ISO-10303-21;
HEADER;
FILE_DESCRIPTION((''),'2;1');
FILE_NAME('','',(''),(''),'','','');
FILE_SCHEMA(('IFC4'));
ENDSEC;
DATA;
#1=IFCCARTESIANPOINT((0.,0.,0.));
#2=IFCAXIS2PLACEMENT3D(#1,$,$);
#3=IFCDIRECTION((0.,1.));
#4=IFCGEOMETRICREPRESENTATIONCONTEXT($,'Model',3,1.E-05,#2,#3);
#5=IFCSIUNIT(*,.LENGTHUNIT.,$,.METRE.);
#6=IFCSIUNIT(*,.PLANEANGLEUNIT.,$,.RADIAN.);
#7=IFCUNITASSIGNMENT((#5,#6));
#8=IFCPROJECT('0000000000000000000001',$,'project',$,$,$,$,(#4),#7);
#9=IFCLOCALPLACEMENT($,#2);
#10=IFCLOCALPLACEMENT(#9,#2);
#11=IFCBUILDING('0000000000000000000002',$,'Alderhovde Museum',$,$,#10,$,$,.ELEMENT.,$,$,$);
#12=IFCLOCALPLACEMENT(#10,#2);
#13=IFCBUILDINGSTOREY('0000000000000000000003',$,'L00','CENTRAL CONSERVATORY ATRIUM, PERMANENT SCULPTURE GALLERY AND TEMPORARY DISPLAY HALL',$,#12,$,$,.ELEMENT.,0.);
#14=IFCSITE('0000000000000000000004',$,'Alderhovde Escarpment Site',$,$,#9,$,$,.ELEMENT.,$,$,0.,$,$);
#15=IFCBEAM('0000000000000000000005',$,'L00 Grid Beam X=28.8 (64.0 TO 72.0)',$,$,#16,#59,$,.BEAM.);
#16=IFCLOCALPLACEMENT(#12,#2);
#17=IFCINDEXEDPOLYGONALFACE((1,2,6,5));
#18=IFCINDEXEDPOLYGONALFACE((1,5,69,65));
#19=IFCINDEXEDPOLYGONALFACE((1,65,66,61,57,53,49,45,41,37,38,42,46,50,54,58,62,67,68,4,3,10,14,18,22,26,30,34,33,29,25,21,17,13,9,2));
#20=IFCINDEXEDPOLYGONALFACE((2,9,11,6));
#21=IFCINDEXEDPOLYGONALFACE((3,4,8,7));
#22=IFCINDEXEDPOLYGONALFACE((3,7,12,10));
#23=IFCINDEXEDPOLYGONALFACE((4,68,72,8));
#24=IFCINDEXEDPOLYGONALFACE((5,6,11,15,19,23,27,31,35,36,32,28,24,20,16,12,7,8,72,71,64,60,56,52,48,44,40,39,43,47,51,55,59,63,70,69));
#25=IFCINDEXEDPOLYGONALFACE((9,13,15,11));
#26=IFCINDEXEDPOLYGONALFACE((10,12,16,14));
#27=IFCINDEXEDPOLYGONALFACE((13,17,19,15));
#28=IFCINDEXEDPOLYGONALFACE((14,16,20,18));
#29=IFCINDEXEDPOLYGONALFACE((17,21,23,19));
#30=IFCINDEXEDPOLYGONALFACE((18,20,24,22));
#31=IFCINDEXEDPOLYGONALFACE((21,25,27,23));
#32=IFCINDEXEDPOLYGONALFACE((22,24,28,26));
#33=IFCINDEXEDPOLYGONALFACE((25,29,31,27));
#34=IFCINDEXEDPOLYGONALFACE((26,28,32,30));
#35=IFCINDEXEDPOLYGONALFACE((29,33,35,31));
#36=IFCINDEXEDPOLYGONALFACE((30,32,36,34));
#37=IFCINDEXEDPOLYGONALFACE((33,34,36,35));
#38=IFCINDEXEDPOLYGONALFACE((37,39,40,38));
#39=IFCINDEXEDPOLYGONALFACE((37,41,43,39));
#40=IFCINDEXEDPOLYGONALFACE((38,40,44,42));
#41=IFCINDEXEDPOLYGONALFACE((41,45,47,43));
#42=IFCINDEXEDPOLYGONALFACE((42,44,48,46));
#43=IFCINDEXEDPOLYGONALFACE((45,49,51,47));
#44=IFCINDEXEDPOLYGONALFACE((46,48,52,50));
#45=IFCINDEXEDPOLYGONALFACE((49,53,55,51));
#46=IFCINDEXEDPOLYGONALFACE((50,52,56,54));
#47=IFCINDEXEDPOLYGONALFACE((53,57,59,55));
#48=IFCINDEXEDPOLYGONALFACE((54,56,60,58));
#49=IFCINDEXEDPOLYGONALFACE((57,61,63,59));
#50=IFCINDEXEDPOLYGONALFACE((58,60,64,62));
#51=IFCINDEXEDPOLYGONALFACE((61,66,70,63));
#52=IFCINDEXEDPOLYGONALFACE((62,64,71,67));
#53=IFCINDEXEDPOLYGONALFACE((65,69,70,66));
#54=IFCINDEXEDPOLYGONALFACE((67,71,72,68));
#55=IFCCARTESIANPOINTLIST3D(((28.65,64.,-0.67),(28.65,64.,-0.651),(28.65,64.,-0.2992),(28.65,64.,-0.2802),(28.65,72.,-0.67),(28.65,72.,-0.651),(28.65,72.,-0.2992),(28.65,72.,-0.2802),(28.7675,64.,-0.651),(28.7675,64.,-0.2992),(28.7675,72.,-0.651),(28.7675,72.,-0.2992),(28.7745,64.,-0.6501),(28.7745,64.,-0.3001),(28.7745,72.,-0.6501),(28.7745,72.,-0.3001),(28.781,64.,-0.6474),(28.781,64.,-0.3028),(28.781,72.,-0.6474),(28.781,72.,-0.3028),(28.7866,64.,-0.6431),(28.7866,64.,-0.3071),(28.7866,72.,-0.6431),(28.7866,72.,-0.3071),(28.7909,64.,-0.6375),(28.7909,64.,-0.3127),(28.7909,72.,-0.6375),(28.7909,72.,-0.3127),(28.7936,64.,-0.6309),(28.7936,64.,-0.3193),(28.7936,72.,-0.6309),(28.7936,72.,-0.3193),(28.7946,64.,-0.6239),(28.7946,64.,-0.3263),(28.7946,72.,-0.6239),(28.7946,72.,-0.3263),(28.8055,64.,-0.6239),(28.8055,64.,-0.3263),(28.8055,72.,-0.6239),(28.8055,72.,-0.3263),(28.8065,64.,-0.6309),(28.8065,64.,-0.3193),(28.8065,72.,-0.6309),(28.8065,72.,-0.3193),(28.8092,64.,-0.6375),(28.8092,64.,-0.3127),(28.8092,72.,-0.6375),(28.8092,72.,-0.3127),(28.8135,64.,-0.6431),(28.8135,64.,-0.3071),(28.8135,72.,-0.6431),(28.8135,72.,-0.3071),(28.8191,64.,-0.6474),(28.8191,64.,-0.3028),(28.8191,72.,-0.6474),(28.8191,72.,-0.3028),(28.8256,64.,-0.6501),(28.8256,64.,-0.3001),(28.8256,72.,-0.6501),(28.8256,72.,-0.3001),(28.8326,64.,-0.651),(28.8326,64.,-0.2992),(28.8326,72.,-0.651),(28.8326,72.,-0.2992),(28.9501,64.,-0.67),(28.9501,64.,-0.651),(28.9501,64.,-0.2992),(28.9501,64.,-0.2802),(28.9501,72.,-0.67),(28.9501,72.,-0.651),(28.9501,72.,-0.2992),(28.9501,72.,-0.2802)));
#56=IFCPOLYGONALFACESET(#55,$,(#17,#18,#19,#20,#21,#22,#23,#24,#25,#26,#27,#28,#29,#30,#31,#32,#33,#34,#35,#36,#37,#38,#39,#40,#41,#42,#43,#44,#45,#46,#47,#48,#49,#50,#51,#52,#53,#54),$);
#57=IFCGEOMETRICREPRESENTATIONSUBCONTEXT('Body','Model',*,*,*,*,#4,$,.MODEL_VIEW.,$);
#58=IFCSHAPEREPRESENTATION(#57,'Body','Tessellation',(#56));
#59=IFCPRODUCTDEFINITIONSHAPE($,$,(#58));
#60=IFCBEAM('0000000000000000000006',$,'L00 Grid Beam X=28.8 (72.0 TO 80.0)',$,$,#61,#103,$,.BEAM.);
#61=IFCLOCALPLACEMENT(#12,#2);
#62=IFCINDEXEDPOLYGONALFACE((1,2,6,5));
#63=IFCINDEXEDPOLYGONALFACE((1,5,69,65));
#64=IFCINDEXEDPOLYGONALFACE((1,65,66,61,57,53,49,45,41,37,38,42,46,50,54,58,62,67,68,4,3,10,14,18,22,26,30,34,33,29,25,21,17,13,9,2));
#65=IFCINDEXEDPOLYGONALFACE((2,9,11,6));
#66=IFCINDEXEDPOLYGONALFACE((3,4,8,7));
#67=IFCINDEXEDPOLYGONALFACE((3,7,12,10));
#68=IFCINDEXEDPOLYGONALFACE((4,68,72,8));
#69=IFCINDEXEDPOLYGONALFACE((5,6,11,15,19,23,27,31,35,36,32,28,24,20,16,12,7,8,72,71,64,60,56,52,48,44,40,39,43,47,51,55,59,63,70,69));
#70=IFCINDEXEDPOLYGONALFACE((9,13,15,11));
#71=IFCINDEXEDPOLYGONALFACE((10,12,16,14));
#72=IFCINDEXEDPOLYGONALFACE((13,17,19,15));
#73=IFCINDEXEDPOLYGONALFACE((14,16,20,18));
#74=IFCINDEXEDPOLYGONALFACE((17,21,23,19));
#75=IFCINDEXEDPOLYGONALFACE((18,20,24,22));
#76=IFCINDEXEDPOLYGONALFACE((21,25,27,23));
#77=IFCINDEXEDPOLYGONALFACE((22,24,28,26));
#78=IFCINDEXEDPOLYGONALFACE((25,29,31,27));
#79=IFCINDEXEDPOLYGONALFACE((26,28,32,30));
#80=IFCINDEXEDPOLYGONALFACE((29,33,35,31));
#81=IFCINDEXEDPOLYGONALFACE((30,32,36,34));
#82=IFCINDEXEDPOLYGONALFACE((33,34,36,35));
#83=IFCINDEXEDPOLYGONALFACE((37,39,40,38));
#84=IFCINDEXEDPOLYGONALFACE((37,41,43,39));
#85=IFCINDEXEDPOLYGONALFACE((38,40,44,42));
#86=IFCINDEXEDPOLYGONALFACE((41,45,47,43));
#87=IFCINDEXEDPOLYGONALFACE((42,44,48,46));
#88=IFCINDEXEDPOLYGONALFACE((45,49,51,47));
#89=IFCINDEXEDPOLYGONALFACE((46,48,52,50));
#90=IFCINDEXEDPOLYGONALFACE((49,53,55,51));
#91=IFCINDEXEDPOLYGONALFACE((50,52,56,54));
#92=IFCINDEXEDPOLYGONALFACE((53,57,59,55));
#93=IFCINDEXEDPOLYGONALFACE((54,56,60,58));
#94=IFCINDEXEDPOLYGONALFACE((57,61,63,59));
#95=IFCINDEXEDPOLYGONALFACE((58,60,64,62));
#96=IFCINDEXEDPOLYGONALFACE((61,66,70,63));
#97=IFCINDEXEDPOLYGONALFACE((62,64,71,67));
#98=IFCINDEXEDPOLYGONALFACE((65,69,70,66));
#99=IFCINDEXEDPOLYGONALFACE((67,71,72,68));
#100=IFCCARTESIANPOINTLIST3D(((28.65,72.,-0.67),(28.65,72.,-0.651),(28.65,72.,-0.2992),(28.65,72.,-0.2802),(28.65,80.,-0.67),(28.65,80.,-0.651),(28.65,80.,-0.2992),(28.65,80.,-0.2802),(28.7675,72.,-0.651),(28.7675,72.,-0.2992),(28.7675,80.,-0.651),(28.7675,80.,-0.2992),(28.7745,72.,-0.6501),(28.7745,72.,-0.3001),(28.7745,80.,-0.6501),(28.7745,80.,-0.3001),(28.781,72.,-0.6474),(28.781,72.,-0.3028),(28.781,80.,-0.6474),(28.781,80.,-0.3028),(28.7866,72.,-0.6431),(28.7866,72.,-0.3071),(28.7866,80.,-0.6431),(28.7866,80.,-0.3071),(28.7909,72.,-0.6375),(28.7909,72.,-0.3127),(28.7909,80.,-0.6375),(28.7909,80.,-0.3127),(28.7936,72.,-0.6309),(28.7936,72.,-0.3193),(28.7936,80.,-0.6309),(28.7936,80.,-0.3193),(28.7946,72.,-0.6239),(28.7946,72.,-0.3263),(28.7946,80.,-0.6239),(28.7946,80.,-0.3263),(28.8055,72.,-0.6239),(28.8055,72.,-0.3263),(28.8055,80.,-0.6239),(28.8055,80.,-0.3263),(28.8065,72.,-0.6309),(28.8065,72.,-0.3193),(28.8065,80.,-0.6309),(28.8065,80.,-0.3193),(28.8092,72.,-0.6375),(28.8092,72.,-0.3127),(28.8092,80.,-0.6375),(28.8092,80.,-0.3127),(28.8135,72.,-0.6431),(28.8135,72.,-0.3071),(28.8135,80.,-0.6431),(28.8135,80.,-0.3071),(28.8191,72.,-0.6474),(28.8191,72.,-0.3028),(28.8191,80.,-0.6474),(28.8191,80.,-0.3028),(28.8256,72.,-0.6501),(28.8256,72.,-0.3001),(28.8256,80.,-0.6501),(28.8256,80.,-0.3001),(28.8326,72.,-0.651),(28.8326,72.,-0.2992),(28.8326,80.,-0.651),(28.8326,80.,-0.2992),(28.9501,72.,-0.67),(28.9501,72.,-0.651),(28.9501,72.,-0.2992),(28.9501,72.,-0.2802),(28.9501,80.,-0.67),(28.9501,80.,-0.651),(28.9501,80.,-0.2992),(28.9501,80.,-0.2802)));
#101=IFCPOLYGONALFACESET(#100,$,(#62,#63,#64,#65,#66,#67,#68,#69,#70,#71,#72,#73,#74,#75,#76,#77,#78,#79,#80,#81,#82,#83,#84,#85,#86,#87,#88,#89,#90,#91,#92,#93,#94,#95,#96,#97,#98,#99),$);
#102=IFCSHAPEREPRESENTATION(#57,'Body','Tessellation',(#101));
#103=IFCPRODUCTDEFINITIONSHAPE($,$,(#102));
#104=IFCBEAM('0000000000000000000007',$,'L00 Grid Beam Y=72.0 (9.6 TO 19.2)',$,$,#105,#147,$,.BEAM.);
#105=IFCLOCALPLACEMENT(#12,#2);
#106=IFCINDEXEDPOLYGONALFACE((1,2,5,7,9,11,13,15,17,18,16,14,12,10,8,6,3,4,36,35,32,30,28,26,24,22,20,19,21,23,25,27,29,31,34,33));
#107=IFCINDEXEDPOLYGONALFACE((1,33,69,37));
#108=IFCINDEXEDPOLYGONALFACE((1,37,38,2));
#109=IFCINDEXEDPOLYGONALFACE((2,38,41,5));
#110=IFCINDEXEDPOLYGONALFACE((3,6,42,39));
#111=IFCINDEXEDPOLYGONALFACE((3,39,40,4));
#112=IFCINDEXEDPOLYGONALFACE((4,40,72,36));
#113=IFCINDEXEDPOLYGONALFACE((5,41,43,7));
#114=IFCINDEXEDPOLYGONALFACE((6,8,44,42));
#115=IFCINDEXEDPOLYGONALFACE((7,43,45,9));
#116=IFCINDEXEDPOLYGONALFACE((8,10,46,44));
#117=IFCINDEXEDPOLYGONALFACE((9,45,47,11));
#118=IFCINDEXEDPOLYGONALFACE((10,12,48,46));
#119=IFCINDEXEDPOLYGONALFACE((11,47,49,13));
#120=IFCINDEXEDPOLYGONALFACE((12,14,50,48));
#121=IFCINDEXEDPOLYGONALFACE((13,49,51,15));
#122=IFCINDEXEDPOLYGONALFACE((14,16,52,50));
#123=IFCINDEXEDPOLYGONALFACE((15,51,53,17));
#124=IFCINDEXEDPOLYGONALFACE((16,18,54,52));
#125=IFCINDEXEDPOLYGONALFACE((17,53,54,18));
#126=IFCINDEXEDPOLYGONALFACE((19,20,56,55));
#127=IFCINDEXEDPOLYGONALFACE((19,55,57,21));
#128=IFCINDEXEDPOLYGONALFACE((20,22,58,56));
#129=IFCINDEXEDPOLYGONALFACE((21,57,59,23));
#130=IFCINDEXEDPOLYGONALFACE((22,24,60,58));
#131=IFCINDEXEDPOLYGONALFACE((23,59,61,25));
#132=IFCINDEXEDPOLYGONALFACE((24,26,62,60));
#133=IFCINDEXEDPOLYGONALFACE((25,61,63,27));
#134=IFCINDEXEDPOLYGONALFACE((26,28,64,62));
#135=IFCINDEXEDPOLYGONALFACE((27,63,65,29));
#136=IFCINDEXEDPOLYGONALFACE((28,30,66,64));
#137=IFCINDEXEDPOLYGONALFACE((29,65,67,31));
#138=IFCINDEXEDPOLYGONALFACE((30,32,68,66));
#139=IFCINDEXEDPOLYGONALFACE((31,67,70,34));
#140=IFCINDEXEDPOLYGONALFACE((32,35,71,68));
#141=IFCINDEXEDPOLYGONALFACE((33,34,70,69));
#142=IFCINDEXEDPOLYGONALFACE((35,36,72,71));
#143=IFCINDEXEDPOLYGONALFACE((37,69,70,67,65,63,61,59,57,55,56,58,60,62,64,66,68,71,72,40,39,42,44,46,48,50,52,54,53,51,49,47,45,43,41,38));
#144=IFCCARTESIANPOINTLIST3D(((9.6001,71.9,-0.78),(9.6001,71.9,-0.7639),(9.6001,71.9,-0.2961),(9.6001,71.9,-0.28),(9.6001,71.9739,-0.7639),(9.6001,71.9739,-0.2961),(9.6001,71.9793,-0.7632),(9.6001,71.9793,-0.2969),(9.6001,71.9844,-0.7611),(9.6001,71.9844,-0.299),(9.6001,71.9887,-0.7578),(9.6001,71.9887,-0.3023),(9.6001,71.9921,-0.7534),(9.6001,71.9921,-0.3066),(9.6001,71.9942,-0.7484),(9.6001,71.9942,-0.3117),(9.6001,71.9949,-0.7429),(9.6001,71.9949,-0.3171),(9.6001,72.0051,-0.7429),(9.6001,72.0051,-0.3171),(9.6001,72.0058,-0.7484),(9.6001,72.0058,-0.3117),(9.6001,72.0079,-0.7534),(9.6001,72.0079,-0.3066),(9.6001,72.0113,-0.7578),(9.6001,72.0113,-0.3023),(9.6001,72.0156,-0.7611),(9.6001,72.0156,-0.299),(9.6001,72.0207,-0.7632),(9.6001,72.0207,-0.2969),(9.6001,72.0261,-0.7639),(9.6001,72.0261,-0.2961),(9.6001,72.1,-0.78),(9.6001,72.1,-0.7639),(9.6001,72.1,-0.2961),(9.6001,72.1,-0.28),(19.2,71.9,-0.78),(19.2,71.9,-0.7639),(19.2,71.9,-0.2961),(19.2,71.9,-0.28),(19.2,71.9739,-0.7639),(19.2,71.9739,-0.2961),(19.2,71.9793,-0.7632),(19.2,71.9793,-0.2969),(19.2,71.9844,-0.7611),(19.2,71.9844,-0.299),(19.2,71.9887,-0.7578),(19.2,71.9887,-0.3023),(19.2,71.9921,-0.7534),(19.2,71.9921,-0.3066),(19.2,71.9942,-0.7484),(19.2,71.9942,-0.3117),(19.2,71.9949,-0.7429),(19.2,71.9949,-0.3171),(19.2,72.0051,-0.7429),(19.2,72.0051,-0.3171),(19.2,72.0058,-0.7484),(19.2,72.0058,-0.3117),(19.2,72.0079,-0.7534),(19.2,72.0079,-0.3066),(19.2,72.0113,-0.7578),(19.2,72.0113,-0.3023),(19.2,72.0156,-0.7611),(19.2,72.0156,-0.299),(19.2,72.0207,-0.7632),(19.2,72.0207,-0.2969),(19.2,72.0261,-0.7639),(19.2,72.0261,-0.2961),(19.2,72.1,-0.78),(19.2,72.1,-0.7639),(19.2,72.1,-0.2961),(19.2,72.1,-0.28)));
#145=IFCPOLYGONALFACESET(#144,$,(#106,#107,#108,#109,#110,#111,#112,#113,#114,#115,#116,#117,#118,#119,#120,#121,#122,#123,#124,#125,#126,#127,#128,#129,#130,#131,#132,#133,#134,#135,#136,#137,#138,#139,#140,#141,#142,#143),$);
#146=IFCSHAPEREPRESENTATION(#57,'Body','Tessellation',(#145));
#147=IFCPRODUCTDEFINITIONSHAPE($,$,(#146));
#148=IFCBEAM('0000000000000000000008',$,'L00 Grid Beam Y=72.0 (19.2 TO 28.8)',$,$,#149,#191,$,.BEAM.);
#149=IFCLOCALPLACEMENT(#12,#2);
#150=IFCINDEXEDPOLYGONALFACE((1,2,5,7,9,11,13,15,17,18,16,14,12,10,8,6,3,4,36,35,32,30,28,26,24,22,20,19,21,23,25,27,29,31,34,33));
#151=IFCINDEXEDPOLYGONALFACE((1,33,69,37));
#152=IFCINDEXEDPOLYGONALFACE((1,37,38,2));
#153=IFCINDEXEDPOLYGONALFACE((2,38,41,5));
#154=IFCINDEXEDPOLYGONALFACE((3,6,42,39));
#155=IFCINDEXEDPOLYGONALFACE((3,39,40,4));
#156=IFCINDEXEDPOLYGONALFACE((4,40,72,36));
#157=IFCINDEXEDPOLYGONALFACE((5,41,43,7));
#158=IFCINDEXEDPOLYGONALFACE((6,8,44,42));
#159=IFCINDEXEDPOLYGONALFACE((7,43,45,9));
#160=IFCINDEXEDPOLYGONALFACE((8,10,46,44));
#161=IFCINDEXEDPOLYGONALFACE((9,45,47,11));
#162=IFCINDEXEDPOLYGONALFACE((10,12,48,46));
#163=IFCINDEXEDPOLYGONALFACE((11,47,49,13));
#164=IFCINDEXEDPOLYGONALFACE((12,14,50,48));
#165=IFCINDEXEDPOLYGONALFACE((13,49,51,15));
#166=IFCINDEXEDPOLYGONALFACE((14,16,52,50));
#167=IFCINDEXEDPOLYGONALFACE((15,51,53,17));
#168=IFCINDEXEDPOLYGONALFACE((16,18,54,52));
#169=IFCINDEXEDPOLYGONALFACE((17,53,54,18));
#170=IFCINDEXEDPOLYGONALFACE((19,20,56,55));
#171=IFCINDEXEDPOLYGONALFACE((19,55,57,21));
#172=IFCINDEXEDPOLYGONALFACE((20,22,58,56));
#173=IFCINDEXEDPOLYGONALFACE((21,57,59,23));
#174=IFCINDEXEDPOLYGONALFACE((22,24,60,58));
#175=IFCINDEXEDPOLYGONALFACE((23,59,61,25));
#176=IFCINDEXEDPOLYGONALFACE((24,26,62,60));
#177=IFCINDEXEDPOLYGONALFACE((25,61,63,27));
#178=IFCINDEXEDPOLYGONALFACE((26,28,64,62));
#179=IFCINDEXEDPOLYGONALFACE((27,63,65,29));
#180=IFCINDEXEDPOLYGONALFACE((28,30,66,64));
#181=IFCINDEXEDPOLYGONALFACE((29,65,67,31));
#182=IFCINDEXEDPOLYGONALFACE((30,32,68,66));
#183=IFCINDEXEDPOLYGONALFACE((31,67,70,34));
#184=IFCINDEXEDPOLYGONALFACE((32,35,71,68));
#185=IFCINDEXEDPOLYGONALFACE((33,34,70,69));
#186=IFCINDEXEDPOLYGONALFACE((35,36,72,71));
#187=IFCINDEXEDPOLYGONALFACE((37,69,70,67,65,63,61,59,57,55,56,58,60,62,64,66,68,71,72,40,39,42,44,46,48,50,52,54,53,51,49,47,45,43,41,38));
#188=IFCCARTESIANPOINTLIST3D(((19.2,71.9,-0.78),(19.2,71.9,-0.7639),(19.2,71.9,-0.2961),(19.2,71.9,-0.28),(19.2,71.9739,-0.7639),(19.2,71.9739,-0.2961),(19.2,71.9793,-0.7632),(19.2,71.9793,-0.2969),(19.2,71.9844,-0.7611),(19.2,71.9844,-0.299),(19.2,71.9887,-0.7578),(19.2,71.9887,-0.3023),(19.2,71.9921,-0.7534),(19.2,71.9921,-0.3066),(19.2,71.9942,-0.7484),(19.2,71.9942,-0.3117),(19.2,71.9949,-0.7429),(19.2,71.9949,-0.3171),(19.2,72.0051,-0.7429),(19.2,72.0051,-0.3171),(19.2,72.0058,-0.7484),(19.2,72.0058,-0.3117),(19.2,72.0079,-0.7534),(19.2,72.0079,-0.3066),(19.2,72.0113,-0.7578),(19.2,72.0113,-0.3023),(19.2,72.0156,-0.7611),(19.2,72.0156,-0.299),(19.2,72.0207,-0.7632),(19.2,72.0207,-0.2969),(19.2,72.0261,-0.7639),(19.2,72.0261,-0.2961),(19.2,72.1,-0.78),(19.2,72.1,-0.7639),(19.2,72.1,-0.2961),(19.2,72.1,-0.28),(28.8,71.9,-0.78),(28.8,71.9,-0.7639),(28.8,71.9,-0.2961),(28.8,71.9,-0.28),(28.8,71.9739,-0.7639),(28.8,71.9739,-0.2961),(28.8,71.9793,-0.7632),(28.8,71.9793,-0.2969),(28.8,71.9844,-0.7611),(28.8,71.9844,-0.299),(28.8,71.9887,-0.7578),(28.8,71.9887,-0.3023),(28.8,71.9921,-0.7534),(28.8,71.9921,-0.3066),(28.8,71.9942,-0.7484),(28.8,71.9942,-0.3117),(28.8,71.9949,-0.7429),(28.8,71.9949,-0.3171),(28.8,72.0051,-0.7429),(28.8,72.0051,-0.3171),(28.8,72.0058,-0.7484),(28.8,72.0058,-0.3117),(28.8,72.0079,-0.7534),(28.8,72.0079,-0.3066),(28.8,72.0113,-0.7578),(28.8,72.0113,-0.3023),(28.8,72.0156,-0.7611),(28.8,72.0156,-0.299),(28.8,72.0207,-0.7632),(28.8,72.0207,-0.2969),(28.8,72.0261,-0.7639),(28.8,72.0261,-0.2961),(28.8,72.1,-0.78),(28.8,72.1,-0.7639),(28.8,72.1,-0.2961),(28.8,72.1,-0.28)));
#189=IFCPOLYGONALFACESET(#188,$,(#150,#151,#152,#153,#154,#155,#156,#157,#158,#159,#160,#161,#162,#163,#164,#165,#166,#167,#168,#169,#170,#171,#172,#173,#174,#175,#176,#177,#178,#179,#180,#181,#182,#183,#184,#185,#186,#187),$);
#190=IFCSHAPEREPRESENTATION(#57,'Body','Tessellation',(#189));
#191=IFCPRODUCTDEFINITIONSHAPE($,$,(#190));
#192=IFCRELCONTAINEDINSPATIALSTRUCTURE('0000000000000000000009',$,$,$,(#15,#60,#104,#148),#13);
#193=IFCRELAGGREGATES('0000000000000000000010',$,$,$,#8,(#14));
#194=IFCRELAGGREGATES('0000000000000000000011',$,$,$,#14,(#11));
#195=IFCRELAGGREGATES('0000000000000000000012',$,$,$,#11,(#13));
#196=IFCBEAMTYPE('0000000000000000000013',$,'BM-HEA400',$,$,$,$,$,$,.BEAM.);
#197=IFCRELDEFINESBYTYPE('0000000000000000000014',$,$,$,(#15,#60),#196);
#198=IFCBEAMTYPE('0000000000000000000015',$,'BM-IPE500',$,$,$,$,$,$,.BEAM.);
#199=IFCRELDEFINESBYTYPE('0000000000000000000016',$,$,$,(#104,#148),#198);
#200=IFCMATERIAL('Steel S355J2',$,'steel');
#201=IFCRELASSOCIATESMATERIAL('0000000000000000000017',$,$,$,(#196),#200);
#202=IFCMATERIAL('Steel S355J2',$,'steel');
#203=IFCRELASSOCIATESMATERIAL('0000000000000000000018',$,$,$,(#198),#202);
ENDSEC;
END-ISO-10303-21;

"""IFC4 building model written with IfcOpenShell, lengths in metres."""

from ifc_helpers import new_model, si_unit, direction, frame, origin, origin_2d, place, context, subcontext, project, spatial, i_section, extrude, material, material_profile, profile_set, type_object, element, save


model = new_model("IFC4")

# Units and contexts
model_context = context("Model", 3, precision=1e-05, world=origin(), true_north=direction((0.0, 1.0)))
body_context = subcontext(model_context, "Body", "Model", "MODEL_VIEW")
ifc_project = project(units=[si_unit("LENGTHUNIT", "METRE"), si_unit("PLANEANGLEUNIT", "RADIAN")], contexts=[model_context])

# Site, building, storey
site_placement = place(None, origin())
site = spatial("IfcSite", under=ifc_project, at=site_placement, Name="Alderhovde Escarpment Site", CompositionType="ELEMENT", RefElevation=0.0)
building_placement = place(site_placement, origin())
building = spatial("IfcBuilding", under=site, at=building_placement, Name="Alderhovde Museum", CompositionType="ELEMENT")
storey_placement = place(building_placement, origin())
storey = spatial("IfcBuildingStorey", under=building, at=storey_placement, Name="L00", Description="CENTRAL CONSERVATORY ATRIUM, PERMANENT SCULPTURE GALLERY AND TEMPORARY DISPLAY HALL", CompositionType="ELEMENT", Elevation=0.0)

# Beams
ifc_material_1 = material(Name="Steel S355J2", Category="steel")
ifc_material_profile_1 = material_profile(ifc_material_1, i_section(OverallWidth=0.3, OverallDepth=0.3899, WebThickness=0.011, FlangeThickness=0.019, FilletRadius=0.0271, at=origin_2d()), Name="HEA 400")
ifc_profile_set_1 = profile_set([ifc_material_profile_1], Name="Steel S355J2")
beam_type_1 = type_object("IfcBeamType", Name="BM-HEA400", PredefinedType="BEAM", material=ifc_profile_set_1)
for number, where, z_axis, x_axis, name in (
    (1, (28.8, 64.0, -0.4751), (0.0, 1.0, 0.0), (-1.0, 0.0, 0.0), "L00 Grid Beam X=28.8 (64.0 TO 72.0)"),
    (2, (28.8, 72.0, -0.4751), (0.0, 1.0, 0.0), (-1.0, 0.0, 0.0), "L00 Grid Beam X=28.8 (72.0 TO 80.0)"),
):
    element("IfcBeam", number, at=place(storey_placement, frame(where, z_axis=z_axis, x_axis=x_axis)), inside=storey, type_object=beam_type_1, Name=name, PredefinedType="BEAM", context=body_context, shape_type="SweptSolid", body=[
        extrude(i_section(OverallWidth=0.3, OverallDepth=0.3899, WebThickness=0.011, FlangeThickness=0.019, FilletRadius=0.0271, at=origin_2d()), origin(), (0.0, 0.0, 1.0), 8.0),
    ])
ifc_material_2 = material(Name="Steel S355J2", Category="steel")
ifc_material_profile_2 = material_profile(ifc_material_2, i_section(OverallWidth=0.2, OverallDepth=0.5, WebThickness=0.0103, FlangeThickness=0.0161, FilletRadius=0.021, at=origin_2d()), Name="IPE 500")
ifc_profile_set_2 = profile_set([ifc_material_profile_2], Name="Steel S355J2")
beam_type_2 = type_object("IfcBeamType", Name="BM-IPE500", PredefinedType="BEAM", material=ifc_profile_set_2)
beam_1_placement = place(storey_placement, frame((9.6001, 72.0, -0.53), z_axis=(1.0, 0.0, 0.0), x_axis=(0.0, 1.0, 0.0)))
element("IfcBeam", 3, at=beam_1_placement, inside=storey, type_object=beam_type_2, Name="L00 Grid Beam Y=72.0 (9.6 TO 19.2)", PredefinedType="BEAM", context=body_context, shape_type="SweptSolid", body=[
    extrude(i_section(OverallWidth=0.2, OverallDepth=0.5, WebThickness=0.0103, FlangeThickness=0.0161, FilletRadius=0.021, at=origin_2d()), origin(), (0.0, 0.0, 1.0), 9.5999),
])
beam_2_placement = place(storey_placement, frame((19.2, 72.0, -0.53), z_axis=(1.0, 0.0, 0.0), x_axis=(0.0, 1.0, 0.0)))
element("IfcBeam", 4, at=beam_2_placement, inside=storey, type_object=beam_type_2, Name="L00 Grid Beam Y=72.0 (19.2 TO 28.8)", PredefinedType="BEAM", context=body_context, shape_type="SweptSolid", body=[
    extrude(i_section(OverallWidth=0.2, OverallDepth=0.5, WebThickness=0.0103, FlangeThickness=0.0161, FilletRadius=0.021, at=origin_2d()), origin(), (0.0, 0.0, 1.0), 9.6001),
])

save(model, "model.ifc")
